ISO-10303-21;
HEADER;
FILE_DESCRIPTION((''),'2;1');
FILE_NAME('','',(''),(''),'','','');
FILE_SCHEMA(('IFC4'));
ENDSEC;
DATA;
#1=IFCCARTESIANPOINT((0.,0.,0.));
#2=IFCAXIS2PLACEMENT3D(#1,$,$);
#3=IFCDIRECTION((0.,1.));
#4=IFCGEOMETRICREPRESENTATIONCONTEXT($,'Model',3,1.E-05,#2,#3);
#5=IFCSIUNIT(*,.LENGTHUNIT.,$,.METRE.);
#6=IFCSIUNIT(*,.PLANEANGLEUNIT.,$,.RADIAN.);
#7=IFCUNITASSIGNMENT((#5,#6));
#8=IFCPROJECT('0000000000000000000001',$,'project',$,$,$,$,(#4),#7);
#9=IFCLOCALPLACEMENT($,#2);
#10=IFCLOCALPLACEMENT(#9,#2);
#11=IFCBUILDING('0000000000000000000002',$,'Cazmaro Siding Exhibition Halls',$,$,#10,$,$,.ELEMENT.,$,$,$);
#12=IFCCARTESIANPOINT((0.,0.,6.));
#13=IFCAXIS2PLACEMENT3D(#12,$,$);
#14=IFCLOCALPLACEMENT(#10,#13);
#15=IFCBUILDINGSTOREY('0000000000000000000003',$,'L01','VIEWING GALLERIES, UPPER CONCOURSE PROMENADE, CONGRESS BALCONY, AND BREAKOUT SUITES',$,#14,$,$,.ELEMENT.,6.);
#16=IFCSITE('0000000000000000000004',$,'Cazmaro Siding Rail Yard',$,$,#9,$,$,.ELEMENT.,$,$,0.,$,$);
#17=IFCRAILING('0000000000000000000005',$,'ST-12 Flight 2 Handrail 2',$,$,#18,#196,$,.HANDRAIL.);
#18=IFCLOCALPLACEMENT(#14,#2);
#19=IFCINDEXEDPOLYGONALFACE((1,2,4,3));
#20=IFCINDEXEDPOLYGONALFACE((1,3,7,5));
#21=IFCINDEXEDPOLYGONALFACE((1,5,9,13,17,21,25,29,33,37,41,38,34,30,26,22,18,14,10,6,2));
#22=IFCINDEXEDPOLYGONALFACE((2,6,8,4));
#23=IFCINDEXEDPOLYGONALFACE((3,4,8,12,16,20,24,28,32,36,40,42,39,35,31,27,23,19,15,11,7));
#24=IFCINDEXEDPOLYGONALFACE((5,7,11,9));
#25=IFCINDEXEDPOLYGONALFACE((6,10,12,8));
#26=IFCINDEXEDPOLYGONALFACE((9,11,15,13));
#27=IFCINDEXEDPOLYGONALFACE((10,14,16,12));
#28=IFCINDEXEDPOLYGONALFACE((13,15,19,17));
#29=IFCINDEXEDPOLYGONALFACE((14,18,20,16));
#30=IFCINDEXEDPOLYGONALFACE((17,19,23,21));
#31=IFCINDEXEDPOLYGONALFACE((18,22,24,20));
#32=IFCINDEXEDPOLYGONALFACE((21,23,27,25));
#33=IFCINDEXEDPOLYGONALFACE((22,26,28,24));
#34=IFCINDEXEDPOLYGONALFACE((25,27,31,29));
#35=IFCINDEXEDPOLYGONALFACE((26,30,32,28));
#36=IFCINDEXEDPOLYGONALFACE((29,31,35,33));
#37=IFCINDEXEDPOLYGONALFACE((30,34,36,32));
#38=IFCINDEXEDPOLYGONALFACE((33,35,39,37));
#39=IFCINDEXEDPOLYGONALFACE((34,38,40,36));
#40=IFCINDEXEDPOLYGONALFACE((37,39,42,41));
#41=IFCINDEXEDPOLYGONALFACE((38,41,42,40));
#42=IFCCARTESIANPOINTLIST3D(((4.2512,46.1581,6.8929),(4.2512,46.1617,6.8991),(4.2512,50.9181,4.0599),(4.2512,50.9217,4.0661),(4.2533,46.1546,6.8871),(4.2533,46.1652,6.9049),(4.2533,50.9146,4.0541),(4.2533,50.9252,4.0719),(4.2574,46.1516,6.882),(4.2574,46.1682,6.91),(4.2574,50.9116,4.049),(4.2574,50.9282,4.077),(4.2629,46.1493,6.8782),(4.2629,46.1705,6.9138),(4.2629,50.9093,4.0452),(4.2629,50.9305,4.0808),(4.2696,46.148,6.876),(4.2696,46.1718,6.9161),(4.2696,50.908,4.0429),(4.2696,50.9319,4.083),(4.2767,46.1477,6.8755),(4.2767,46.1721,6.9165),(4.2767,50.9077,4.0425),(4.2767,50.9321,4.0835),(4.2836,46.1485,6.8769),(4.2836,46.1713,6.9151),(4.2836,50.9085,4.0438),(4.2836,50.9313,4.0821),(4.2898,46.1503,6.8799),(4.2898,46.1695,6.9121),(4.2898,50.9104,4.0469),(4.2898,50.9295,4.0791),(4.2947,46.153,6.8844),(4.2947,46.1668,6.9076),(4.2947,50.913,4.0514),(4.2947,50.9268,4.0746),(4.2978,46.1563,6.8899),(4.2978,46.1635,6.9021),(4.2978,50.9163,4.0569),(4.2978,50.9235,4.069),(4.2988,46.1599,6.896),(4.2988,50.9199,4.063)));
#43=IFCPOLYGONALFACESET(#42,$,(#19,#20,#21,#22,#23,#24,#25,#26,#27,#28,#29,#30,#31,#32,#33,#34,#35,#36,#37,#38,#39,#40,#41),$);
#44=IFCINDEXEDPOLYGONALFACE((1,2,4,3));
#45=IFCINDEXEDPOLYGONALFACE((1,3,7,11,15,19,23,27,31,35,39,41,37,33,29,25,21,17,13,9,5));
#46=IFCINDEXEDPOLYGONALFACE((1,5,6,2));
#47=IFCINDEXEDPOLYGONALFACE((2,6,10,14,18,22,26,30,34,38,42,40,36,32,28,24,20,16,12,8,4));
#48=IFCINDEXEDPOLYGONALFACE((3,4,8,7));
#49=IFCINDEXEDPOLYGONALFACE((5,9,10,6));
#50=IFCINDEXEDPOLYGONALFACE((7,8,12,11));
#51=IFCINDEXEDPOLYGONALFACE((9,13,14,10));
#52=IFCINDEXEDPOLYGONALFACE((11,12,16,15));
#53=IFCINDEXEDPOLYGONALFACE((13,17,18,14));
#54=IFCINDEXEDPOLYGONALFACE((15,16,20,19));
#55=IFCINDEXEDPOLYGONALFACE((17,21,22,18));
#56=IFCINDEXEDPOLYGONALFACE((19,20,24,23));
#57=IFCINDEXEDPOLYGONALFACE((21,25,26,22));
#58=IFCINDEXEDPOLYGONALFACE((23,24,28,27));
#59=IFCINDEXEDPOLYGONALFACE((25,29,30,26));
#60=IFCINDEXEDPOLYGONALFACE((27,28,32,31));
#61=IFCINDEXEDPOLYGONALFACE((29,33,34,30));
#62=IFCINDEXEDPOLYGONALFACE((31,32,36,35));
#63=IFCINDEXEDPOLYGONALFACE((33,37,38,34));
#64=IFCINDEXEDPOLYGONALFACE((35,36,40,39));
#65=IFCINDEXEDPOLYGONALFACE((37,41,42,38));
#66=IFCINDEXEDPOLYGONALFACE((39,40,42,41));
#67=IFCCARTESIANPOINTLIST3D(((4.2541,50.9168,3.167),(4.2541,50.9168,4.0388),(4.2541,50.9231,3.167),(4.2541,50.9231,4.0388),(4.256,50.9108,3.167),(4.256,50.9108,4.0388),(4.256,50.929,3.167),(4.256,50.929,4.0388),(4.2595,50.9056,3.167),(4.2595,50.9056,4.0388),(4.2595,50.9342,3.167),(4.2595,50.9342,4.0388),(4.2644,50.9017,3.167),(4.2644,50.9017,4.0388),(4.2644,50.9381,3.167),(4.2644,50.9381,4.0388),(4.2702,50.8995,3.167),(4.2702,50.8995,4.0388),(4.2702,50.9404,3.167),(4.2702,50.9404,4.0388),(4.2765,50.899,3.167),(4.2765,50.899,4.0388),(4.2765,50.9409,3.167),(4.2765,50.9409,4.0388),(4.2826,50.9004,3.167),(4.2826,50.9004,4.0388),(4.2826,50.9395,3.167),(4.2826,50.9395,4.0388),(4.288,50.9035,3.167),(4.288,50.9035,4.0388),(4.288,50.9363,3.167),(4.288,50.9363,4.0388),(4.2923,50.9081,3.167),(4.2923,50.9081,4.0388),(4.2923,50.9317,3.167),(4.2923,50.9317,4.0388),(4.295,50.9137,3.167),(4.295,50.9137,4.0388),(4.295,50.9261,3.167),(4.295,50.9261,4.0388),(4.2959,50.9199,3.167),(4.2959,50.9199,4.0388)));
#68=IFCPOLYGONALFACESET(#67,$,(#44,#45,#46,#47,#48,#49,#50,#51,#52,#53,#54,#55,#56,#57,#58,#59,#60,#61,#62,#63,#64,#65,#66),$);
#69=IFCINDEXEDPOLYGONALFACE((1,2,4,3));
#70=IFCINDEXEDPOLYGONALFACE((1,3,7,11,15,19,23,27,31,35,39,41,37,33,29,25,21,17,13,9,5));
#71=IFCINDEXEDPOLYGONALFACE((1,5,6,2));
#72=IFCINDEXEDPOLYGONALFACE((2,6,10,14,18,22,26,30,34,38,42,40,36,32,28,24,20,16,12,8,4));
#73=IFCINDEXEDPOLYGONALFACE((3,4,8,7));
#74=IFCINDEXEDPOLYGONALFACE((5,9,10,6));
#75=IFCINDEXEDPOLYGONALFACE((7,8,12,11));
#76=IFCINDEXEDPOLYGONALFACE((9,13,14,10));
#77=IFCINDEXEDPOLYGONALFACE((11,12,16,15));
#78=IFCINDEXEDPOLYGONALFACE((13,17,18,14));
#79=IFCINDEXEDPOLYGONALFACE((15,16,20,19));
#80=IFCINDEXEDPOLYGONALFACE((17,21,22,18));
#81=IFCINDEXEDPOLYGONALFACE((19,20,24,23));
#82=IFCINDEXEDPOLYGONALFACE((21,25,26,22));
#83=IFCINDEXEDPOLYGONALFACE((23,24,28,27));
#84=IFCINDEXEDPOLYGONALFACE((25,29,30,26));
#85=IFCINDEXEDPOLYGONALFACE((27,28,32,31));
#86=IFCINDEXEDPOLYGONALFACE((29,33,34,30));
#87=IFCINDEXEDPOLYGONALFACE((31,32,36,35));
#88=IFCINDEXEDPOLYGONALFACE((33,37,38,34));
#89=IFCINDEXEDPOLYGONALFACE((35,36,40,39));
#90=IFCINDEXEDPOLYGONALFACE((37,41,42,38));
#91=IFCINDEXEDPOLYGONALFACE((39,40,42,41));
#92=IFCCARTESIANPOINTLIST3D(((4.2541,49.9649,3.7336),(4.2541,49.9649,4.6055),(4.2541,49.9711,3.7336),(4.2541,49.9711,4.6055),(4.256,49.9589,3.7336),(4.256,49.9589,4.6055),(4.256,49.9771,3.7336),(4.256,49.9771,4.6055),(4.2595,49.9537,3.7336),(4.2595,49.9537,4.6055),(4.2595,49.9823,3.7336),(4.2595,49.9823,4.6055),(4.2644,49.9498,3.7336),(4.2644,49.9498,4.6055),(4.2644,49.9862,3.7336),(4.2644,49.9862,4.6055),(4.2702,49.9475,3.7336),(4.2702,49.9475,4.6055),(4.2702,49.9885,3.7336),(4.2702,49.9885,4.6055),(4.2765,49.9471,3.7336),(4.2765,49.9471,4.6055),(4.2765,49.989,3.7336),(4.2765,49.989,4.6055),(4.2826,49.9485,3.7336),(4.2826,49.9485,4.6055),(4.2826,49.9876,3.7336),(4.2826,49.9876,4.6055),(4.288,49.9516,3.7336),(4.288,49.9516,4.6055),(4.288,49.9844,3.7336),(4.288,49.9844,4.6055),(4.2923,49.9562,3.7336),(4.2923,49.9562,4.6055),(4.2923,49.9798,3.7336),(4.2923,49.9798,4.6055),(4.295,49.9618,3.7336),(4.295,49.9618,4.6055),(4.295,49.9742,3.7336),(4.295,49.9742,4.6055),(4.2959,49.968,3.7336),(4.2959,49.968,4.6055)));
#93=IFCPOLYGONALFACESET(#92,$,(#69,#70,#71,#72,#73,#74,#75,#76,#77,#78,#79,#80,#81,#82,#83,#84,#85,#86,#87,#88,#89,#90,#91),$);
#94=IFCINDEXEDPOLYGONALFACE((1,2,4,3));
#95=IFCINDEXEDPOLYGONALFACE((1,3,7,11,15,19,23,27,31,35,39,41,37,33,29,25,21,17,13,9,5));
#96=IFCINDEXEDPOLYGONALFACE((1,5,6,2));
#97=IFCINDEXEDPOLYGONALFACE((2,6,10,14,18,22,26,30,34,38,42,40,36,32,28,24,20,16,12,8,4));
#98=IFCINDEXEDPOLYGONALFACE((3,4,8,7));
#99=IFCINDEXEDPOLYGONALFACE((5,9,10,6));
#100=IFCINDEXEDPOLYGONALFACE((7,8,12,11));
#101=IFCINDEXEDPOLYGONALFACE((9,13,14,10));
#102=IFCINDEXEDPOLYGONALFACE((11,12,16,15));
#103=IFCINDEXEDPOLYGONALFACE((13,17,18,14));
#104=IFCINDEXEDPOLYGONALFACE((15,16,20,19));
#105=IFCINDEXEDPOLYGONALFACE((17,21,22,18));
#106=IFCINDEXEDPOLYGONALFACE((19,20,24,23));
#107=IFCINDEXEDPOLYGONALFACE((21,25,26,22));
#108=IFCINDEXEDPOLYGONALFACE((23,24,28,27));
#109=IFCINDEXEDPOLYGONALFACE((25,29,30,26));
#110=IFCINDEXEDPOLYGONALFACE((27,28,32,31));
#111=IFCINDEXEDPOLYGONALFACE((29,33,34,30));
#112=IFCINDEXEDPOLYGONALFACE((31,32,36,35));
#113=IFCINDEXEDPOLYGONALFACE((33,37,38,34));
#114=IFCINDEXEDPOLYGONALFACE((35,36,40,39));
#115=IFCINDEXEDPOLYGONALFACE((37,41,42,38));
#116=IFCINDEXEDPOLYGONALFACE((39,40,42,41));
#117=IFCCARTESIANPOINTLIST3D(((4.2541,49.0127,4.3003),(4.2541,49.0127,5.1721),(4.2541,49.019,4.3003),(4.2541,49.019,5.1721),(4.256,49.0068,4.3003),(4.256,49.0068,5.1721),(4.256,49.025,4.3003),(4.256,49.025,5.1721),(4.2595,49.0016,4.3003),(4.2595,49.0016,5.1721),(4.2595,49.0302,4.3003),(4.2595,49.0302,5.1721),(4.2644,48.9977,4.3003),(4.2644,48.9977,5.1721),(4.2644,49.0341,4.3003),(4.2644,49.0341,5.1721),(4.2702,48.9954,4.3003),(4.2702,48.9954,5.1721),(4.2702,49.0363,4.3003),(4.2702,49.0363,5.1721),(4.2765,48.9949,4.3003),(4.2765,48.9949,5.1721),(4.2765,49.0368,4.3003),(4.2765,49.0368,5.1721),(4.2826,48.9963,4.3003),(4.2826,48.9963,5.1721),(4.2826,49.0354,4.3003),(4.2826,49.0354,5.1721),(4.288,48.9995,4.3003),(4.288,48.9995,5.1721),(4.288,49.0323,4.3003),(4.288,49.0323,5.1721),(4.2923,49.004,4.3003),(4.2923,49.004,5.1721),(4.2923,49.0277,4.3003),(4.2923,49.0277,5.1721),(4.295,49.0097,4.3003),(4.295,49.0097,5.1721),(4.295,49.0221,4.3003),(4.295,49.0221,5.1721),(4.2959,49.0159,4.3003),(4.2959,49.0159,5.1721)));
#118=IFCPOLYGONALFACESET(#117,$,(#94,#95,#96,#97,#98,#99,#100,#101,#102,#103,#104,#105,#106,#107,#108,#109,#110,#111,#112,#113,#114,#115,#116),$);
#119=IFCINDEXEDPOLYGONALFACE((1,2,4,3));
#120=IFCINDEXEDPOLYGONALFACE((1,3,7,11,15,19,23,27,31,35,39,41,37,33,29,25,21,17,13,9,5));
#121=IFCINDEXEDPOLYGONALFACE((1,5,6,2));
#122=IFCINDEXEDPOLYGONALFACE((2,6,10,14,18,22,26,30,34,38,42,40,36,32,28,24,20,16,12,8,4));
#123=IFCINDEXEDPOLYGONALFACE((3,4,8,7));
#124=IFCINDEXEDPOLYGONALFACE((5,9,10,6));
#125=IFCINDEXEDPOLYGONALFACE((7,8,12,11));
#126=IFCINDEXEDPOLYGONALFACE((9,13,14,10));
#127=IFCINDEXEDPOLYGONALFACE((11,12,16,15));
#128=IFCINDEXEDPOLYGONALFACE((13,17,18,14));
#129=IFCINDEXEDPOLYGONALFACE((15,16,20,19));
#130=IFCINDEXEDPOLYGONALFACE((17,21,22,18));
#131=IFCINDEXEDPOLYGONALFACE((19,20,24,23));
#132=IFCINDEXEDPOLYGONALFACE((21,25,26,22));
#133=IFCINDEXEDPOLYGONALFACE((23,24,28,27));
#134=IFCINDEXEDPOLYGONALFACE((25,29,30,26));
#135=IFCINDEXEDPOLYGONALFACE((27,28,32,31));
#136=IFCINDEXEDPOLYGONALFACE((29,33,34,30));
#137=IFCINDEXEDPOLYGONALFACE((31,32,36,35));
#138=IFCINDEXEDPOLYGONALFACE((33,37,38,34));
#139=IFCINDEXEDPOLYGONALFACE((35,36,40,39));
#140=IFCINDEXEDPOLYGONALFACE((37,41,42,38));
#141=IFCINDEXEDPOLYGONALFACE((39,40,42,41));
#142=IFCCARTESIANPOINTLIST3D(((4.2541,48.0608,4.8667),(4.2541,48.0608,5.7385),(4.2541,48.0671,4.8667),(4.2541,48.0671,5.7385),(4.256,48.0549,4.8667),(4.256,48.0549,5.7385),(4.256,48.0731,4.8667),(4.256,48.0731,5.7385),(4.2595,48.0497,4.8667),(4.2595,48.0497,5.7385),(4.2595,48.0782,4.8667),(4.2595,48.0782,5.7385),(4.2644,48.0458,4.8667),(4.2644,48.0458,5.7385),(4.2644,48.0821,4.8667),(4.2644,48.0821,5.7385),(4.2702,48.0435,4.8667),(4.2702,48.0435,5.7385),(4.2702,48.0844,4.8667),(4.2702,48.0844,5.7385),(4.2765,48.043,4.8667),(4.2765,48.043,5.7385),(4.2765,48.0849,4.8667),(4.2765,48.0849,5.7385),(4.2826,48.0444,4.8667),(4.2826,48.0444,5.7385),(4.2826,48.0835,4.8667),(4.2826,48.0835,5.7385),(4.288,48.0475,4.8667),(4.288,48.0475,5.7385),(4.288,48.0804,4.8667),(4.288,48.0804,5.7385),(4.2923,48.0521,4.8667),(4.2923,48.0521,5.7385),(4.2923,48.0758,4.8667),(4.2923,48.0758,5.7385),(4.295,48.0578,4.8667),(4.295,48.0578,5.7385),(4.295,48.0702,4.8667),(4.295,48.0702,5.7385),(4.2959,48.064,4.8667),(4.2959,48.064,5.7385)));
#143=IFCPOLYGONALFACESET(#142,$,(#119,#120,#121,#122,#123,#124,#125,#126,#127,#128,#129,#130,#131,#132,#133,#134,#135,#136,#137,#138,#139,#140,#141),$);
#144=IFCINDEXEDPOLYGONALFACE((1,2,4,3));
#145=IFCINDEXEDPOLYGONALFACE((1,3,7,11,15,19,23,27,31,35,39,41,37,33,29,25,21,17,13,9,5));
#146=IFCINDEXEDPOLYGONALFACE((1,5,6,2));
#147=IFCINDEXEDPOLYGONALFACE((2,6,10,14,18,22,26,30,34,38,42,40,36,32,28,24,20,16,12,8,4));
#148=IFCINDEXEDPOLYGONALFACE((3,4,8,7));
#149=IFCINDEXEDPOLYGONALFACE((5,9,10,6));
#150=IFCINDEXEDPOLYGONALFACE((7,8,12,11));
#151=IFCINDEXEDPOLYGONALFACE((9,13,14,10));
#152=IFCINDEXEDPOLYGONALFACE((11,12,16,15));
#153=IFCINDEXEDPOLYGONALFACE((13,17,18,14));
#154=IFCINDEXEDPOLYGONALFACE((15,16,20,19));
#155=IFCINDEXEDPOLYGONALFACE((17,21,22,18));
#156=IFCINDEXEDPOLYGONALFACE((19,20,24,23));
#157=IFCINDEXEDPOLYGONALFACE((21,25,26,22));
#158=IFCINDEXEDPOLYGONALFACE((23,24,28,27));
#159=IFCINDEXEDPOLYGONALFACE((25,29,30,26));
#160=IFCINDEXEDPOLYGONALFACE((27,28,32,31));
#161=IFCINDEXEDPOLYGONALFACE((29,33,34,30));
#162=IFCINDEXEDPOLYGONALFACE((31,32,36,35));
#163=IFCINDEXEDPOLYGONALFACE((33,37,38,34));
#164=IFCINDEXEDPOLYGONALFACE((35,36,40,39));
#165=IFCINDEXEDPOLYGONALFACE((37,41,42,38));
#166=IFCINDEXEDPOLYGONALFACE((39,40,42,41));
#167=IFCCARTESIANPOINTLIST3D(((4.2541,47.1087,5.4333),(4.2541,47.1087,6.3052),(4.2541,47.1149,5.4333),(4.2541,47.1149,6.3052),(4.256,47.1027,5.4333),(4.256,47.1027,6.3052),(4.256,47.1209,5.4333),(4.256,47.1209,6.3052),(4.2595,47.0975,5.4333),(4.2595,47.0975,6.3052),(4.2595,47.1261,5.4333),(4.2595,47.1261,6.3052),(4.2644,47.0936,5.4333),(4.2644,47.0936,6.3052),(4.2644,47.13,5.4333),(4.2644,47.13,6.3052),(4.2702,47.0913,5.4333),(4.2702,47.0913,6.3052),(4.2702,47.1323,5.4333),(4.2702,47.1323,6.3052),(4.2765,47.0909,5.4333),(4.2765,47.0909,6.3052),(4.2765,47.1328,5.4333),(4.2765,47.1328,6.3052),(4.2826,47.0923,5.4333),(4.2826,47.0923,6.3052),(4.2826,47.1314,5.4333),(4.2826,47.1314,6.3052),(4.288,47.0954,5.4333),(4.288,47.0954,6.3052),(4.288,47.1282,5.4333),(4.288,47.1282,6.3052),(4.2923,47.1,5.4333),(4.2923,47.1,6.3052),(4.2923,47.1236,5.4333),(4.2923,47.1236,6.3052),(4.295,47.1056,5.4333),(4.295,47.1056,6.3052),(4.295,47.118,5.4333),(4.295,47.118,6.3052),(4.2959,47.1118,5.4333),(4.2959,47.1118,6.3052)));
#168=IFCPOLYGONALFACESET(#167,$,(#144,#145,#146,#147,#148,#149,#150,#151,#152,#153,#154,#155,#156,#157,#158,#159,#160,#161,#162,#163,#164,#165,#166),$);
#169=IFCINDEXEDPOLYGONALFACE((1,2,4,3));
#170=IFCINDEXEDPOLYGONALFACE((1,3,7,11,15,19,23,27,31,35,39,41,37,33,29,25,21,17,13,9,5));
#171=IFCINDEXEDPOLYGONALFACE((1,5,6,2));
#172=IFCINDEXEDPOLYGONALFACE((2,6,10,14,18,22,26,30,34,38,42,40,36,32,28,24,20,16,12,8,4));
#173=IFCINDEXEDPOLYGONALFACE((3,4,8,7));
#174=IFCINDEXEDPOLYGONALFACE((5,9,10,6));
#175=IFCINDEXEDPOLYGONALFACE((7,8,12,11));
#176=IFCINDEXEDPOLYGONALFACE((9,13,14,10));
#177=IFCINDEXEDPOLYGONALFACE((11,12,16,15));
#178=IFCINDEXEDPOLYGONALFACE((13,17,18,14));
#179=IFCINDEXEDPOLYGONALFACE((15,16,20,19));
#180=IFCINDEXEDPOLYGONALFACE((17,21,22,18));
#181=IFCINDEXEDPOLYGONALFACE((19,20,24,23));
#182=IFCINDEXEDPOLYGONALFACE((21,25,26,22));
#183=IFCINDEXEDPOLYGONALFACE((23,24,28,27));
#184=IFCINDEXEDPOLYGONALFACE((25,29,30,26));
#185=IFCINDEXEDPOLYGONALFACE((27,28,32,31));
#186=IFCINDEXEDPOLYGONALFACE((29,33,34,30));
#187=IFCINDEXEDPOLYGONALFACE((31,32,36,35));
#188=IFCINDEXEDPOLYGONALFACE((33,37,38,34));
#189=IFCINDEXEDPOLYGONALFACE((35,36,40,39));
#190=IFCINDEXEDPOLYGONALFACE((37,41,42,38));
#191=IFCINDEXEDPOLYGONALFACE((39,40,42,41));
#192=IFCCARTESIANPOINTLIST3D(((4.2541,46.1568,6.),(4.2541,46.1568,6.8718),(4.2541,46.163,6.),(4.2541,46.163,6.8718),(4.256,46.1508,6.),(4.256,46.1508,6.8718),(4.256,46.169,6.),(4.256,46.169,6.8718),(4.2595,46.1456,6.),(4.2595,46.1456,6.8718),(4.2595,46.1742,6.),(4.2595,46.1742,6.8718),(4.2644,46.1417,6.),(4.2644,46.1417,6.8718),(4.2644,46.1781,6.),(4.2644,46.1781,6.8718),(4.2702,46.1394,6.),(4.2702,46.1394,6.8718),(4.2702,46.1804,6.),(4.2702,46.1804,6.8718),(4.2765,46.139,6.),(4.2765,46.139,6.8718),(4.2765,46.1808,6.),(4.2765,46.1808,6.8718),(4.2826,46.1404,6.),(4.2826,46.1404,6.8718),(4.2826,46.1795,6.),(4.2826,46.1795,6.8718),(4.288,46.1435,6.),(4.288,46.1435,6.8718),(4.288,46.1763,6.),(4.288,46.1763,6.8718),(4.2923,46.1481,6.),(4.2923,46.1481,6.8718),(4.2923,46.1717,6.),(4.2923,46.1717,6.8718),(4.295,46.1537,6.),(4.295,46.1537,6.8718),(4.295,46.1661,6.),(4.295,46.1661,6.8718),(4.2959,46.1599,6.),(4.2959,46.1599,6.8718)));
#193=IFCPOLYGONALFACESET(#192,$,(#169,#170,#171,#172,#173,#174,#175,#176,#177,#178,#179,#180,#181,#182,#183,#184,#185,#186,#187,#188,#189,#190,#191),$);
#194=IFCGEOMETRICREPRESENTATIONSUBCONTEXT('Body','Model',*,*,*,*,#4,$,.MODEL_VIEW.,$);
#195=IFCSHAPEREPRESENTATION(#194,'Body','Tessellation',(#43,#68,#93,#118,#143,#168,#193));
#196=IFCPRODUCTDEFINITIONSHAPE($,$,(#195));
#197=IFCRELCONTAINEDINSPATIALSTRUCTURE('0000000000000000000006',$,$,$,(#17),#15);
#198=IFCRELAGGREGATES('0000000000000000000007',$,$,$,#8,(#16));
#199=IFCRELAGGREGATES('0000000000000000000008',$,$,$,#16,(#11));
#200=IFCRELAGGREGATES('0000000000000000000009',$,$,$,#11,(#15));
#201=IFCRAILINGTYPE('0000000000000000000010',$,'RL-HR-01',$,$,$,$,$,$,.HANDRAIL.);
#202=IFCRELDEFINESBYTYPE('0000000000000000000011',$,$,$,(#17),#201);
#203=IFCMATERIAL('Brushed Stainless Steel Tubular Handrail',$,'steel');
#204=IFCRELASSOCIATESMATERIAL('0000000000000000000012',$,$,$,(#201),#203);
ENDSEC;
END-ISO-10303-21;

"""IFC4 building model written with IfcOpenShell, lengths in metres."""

from ifc_helpers import new_model, si_unit, direction, frame, origin, origin_2d, place, context, subcontext, project, spatial, circle, extrude, material, type_object, element, save


model = new_model("IFC4")

# Units and contexts
model_context = context("Model", 3, precision=1e-05, world=origin(), true_north=direction((0.0, 1.0)))
body_context = subcontext(model_context, "Body", "Model", "MODEL_VIEW")
ifc_project = project(units=[si_unit("LENGTHUNIT", "METRE"), si_unit("PLANEANGLEUNIT", "RADIAN")], contexts=[model_context])

# Site, building, storey
site_placement = place(None, origin())
site = spatial("IfcSite", under=ifc_project, at=site_placement, Name="Cazmaro Siding Rail Yard", CompositionType="ELEMENT", RefElevation=0.0)
building_placement = place(site_placement, origin())
building = spatial("IfcBuilding", under=site, at=building_placement, Name="Cazmaro Siding Exhibition Halls", CompositionType="ELEMENT")
storey_placement = place(building_placement, frame((0.0, 0.0, 6.0)))
storey = spatial("IfcBuildingStorey", under=building, at=storey_placement, Name="L01", Description="VIEWING GALLERIES, UPPER CONCOURSE PROMENADE, CONGRESS BALCONY, AND BREAKOUT SUITES", CompositionType="ELEMENT", Elevation=6.0)

# Railing
ifc_material_1 = material(Name="Brushed Stainless Steel Tubular Handrail", Category="steel")
railing_type_1 = type_object("IfcRailingType", Name="RL-HR-01", PredefinedType="HANDRAIL", material=ifc_material_1)
for number, where, name in (
    (1, (4.2749, 50.9199, 3.167), "ST-12 Flight 2 Handrail 2"),
):
    element("IfcRailing", number, at=place(storey_placement, frame(where)), inside=storey, type_object=railing_type_1, Name=name, PredefinedType="HANDRAIL", context=body_context, shape_type="SweptSolid", body=[
        extrude(circle(Radius=0.0239, at=origin_2d()), frame((0.0, 0.0, 0.896), z_axis=(0.0, -0.859319, 0.51144), x_axis=(1.0, 0.0, 0.0)), (0.0, 0.0, 1.0), 5.5393),
        extrude(circle(Radius=0.021, at=origin_2d()), origin(), (0.0, 0.0, 1.0), 0.8718),
        extrude(circle(Radius=0.021, at=origin_2d()), frame((0.0, -0.9519, 0.5667)), (0.0, 0.0, 1.0), 0.8718),
        extrude(circle(Radius=0.021, at=origin_2d()), frame((0.0, -1.9041, 1.1333)), (0.0, 0.0, 1.0), 0.8718),
        extrude(circle(Radius=0.021, at=origin_2d()), frame((0.0, -2.856, 1.6997)), (0.0, 0.0, 1.0), 0.8718),
        extrude(circle(Radius=0.021, at=origin_2d()), frame((0.0, -3.8081, 2.2664)), (0.0, 0.0, 1.0), 0.8718),
        extrude(circle(Radius=0.021, at=origin_2d()), frame((0.0, -4.76, 2.833)), (0.0, 0.0, 1.0), 0.8718),
    ])

save(model, "model.ifc")
